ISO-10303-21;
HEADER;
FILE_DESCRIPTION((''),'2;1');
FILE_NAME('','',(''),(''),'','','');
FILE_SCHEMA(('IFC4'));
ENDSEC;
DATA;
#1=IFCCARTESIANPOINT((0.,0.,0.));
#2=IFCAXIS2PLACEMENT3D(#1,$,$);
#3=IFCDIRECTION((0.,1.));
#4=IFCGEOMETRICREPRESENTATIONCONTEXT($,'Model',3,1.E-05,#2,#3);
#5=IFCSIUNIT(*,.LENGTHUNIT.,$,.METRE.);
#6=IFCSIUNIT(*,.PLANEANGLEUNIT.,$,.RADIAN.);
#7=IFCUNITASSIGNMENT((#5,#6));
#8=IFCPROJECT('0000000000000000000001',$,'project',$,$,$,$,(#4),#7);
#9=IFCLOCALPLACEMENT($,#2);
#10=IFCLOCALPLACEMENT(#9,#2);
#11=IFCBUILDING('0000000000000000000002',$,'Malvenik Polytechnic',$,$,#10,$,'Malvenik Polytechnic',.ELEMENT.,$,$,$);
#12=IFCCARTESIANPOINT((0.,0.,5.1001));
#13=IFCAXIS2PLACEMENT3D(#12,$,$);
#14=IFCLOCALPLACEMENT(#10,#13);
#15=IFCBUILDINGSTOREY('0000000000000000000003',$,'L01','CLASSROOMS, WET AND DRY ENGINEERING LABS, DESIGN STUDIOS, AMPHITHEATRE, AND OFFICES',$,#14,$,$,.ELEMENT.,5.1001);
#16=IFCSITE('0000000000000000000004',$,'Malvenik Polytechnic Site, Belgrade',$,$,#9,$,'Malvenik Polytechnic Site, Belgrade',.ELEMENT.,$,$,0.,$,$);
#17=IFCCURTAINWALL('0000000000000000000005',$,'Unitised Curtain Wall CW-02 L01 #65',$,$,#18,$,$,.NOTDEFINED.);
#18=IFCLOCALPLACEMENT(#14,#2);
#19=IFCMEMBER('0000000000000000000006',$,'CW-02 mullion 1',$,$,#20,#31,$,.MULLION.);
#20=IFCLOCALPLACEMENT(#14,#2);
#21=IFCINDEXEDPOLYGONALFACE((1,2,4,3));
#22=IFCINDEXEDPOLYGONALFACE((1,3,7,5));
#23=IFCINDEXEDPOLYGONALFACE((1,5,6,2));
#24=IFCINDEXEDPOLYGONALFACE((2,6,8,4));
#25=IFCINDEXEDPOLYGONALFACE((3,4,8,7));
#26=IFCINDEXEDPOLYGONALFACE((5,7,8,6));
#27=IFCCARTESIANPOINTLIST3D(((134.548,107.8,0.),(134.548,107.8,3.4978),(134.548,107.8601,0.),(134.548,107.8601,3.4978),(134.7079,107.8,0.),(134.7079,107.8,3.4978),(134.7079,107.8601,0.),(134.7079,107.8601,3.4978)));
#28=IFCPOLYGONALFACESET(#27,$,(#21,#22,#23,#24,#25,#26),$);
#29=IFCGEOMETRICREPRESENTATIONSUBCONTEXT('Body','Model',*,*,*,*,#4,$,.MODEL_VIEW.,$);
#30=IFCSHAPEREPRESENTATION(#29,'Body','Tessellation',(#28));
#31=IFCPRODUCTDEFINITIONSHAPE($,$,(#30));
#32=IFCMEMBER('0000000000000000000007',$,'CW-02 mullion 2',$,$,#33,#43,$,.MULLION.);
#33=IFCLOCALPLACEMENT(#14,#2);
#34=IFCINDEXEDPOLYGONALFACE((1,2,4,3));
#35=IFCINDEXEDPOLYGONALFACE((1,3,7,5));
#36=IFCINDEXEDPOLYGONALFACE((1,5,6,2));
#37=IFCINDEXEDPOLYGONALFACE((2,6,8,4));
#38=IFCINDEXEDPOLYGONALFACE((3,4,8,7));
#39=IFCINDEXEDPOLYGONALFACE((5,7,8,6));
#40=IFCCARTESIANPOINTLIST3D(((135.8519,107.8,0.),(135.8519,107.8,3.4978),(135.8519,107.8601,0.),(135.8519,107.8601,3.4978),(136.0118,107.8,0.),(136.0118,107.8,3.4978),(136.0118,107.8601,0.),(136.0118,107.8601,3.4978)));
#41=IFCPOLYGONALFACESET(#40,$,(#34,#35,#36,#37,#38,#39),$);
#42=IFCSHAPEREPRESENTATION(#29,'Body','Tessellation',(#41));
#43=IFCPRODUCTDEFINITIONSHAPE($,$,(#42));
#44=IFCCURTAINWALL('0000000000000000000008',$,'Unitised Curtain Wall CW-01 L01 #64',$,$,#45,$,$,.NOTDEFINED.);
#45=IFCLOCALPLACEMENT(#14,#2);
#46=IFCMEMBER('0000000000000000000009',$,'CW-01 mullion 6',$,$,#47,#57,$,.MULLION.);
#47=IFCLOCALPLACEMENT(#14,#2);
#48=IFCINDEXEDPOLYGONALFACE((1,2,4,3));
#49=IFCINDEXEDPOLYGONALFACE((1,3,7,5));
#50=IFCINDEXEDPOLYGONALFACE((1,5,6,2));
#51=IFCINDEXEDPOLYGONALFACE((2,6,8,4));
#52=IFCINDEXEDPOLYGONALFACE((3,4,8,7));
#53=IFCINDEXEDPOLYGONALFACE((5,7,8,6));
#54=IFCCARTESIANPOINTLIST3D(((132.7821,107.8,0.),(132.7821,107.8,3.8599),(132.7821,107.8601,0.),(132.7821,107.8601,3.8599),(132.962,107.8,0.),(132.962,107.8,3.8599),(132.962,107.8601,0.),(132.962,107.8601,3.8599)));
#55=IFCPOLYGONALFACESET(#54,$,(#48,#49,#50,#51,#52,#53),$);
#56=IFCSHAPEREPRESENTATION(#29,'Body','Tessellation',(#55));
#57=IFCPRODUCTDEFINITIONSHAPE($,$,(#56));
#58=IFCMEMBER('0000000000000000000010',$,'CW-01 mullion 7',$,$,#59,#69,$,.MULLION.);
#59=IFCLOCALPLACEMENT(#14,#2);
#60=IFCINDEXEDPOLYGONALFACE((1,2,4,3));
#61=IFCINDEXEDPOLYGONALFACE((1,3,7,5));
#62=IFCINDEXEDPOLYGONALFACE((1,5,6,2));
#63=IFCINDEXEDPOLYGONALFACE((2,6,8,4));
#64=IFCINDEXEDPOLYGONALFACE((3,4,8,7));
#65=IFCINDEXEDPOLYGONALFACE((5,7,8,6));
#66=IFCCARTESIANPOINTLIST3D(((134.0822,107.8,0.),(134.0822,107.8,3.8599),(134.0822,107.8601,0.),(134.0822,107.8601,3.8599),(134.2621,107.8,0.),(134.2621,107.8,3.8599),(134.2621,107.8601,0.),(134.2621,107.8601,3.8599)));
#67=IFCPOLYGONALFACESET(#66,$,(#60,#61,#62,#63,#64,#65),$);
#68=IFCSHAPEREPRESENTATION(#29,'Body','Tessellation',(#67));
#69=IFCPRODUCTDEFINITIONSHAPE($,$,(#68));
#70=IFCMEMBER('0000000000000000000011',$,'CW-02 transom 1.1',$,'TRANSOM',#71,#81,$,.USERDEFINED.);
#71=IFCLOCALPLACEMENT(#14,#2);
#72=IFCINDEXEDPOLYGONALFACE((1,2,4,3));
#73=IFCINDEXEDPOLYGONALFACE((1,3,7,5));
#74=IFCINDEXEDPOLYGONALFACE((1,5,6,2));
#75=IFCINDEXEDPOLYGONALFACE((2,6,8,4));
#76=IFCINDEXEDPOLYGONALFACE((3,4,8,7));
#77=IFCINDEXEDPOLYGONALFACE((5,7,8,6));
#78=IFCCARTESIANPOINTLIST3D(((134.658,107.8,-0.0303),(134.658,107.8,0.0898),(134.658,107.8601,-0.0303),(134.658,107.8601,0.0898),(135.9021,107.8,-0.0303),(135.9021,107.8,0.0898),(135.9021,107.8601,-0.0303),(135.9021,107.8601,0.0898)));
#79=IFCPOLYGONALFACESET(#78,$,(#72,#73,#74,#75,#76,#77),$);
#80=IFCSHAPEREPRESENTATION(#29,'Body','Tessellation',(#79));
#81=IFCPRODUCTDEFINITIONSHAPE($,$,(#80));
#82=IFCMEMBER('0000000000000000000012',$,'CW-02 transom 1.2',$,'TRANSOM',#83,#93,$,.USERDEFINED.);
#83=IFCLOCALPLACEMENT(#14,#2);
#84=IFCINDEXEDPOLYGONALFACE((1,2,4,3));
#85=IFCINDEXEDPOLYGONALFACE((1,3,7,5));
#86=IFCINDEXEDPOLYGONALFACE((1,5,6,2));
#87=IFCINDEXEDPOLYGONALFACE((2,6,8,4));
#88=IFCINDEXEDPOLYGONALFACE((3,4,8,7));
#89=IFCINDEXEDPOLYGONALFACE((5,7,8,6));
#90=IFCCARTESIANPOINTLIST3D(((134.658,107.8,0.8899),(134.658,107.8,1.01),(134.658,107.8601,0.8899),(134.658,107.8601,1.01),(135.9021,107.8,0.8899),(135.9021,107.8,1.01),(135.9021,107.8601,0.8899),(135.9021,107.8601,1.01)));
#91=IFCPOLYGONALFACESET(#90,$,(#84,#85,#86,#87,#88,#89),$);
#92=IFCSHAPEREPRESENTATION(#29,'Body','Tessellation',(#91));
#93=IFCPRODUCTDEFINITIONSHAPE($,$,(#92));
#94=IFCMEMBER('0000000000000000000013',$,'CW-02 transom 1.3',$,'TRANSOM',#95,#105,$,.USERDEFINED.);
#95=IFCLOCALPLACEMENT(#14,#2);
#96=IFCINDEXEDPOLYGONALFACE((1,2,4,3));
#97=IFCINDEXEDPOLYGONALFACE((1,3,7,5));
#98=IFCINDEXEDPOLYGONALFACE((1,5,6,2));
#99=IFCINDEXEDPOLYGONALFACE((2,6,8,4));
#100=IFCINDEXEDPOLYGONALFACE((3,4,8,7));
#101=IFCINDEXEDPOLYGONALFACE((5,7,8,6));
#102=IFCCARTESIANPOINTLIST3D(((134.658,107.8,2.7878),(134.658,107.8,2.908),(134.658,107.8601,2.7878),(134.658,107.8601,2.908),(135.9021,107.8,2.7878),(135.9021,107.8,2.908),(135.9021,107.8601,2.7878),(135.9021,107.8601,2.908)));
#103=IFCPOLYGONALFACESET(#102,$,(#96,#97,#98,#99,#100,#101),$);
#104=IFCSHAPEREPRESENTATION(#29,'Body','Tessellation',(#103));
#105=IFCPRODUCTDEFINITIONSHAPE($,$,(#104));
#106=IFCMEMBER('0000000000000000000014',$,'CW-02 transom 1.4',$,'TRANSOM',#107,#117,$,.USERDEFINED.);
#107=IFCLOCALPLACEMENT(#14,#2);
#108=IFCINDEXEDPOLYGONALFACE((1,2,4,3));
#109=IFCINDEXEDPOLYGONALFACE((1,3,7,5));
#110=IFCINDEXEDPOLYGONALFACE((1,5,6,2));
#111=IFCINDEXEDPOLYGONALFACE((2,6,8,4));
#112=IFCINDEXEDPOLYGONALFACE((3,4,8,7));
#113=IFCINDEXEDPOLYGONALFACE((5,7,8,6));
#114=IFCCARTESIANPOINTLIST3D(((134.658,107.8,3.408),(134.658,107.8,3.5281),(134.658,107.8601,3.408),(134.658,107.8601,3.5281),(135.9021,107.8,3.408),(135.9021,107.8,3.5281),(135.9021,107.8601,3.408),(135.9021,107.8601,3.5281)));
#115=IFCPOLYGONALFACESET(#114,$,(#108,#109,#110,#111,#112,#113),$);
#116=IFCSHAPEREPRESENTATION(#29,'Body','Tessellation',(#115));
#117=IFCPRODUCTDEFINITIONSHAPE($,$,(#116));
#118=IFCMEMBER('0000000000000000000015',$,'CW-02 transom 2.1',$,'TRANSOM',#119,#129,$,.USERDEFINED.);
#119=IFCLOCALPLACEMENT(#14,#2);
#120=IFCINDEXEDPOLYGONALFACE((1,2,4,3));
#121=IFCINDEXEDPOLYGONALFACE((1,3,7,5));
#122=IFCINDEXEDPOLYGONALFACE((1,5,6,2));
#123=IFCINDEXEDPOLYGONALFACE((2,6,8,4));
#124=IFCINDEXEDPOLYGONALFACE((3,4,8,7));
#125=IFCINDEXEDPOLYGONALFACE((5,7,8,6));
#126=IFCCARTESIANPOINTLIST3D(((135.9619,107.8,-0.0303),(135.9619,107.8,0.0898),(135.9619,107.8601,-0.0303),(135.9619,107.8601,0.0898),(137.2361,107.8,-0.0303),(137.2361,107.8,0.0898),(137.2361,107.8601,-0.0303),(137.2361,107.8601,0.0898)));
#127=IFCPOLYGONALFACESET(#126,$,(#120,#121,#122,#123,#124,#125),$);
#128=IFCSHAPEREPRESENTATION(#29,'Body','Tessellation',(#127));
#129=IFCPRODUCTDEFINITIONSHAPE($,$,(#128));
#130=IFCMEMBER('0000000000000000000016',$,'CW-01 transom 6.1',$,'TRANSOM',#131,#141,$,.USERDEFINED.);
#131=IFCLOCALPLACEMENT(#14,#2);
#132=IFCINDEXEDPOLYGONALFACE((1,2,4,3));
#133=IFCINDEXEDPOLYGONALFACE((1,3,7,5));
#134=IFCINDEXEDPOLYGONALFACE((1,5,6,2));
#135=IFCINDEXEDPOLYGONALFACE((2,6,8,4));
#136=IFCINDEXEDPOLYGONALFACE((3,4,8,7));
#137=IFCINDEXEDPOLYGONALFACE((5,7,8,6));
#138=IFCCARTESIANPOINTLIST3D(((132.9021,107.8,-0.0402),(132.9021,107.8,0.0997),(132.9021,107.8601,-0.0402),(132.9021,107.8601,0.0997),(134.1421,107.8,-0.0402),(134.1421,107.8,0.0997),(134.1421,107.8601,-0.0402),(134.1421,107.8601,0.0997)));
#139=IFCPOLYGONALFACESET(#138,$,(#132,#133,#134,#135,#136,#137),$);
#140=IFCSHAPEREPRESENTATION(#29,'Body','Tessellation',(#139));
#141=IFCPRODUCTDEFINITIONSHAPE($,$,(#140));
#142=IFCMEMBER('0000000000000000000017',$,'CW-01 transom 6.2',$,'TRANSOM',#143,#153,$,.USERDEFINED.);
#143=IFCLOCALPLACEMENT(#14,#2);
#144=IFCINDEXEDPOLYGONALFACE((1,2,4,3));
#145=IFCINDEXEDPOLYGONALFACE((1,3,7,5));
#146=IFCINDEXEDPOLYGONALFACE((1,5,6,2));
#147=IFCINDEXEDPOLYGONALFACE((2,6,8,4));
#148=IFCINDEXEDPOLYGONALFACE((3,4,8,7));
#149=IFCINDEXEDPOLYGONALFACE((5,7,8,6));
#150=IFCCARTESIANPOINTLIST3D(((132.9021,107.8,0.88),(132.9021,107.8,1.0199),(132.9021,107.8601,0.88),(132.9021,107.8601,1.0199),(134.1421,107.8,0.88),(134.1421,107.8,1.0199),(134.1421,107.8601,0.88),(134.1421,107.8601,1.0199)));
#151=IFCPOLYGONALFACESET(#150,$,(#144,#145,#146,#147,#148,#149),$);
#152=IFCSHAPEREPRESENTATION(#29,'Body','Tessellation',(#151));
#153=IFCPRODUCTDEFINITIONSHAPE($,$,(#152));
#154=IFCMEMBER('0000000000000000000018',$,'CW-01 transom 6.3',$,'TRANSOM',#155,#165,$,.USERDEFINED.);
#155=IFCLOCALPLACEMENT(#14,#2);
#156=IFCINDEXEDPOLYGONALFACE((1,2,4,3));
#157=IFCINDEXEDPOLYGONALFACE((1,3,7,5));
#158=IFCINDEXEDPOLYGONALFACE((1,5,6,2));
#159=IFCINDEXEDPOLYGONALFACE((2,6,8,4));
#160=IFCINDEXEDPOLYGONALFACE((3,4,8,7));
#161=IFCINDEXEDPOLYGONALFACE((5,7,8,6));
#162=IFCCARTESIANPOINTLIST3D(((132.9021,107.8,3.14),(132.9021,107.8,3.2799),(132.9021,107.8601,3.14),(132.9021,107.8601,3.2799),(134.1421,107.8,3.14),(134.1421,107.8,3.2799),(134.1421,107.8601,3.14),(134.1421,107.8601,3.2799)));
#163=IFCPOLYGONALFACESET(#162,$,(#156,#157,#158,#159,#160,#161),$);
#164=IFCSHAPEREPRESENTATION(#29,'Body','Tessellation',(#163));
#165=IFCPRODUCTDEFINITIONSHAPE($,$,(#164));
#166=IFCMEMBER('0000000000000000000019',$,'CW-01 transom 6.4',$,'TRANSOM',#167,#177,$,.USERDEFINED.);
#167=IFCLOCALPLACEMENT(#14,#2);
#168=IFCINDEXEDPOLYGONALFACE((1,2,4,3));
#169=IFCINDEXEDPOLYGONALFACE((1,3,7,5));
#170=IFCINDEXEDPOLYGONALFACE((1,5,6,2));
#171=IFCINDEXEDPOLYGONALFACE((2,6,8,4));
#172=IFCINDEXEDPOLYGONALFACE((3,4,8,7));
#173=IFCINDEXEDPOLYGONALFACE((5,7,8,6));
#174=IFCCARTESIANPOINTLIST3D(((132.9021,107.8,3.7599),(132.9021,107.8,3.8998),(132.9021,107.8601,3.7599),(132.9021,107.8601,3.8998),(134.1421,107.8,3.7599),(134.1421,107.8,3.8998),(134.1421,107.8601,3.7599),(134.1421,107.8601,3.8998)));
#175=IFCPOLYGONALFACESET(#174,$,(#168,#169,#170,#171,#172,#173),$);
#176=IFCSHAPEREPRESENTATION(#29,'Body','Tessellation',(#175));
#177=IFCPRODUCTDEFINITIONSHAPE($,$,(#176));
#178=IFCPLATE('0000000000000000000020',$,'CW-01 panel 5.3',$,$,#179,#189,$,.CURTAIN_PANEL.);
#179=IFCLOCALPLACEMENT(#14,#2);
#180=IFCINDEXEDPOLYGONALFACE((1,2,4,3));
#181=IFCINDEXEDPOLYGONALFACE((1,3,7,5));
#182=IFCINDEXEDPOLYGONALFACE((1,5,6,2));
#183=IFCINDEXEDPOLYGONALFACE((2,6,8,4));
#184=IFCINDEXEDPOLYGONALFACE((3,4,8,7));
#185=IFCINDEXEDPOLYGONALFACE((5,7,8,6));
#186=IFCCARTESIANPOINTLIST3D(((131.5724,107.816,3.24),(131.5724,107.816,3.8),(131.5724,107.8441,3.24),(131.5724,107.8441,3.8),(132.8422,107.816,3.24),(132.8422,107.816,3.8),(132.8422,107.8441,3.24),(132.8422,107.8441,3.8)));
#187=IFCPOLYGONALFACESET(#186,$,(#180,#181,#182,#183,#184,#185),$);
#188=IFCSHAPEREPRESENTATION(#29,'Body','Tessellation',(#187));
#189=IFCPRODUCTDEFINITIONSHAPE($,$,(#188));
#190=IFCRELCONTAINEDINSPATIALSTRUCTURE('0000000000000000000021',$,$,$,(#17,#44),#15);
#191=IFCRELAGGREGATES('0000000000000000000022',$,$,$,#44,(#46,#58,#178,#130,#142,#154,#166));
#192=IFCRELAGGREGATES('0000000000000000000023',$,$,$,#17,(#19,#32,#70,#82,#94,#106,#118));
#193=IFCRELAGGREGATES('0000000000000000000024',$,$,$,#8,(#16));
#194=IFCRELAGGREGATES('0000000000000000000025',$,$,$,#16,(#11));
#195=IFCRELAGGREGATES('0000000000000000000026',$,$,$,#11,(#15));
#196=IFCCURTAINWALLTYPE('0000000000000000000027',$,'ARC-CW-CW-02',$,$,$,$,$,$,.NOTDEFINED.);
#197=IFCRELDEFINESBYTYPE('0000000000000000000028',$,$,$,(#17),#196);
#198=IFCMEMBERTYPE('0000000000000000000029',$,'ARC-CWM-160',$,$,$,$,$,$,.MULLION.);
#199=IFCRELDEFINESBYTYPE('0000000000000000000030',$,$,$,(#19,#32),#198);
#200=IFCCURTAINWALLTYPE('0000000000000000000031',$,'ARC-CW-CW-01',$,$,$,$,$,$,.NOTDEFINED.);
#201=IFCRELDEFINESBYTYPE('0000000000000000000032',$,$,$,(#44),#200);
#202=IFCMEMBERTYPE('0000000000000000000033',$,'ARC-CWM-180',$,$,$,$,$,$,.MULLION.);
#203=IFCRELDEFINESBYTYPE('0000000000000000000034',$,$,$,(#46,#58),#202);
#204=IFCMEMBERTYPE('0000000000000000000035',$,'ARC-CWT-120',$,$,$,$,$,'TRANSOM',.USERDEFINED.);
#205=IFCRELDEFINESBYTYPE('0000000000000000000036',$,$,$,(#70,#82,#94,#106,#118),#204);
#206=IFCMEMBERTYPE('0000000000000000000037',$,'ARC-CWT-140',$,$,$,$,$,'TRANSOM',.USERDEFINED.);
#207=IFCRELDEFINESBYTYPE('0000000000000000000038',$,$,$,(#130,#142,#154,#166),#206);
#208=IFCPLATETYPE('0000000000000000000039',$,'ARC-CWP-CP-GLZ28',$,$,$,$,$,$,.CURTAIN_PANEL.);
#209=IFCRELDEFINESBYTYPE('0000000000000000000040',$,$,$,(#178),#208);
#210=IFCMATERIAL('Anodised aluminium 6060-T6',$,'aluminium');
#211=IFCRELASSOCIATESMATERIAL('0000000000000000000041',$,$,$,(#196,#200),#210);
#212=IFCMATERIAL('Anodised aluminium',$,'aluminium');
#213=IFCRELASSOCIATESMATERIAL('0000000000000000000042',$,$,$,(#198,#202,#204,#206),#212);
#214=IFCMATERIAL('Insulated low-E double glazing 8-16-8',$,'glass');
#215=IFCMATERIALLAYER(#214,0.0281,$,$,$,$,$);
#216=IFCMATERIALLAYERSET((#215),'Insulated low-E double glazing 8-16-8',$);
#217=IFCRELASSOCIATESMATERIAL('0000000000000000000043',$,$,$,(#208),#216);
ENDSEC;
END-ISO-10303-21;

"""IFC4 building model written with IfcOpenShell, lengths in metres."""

from ifc_helpers import new_model, si_unit, direction, frame, origin, origin_2d, place, context, subcontext, project, spatial, rectangle, extrude, material, layer, layer_set, material_profile, profile_set, type_object, element, aggregate, save


model = new_model("IFC4")

# Units and contexts
model_context = context("Model", 3, precision=1e-05, world=origin(), true_north=direction((0.0, 1.0)))
body_context = subcontext(model_context, "Body", "Model", "MODEL_VIEW")
ifc_project = project(units=[si_unit("LENGTHUNIT", "METRE"), si_unit("PLANEANGLEUNIT", "RADIAN")], contexts=[model_context])

# Site, building, storey
site_placement = place(None, origin())
site = spatial("IfcSite", under=ifc_project, at=site_placement, Name="Malvenik Polytechnic Site, Belgrade", LongName="Malvenik Polytechnic Site, Belgrade", CompositionType="ELEMENT", RefElevation=0.0)
building_placement = place(site_placement, origin())
building = spatial("IfcBuilding", under=site, at=building_placement, Name="Malvenik Polytechnic", LongName="Malvenik Polytechnic", CompositionType="ELEMENT")
storey_placement = place(building_placement, frame((0.0, 0.0, 5.1001)))
storey = spatial("IfcBuildingStorey", under=building, at=storey_placement, Name="L01", Description="CLASSROOMS, WET AND DRY ENGINEERING LABS, DESIGN STUDIOS, AMPHITHEATRE, AND OFFICES", CompositionType="ELEMENT", Elevation=5.1001)

# Curtain walls, members
ifc_material_1 = material(Name="Anodised aluminium 6060-T6", Category="aluminium")
curtain_wall_type_1 = type_object("IfcCurtainWallType", Name="ARC-CW-CW-02", PredefinedType="NOTDEFINED", material=ifc_material_1)
curtain_wall_1_placement = place(storey_placement, origin())
curtain_wall_1 = element("IfcCurtainWall", 1, at=curtain_wall_1_placement, inside=storey, type_object=curtain_wall_type_1, Name="Unitised Curtain Wall CW-02 L01 #65", PredefinedType="NOTDEFINED")
ifc_material_2 = material(Name="Anodised aluminium", Category="aluminium")
ifc_material_profile_1 = material_profile(ifc_material_2, rectangle(XDim=0.0601, YDim=0.1599, at=origin_2d()), Name="ALU MULLION 60x160")
ifc_profile_set_1 = profile_set([ifc_material_profile_1], Name="Anodised aluminium")
member_type_1 = type_object("IfcMemberType", Name="ARC-CWM-160", PredefinedType="MULLION", material=ifc_profile_set_1)
member_1_placement = place(storey_placement, frame((134.6279, 107.8301, 0.0), z_axis=(0.0, 0.0, 1.0), x_axis=(0.0, 1.0, 0.0)))
member_1 = element("IfcMember", 2, at=member_1_placement, type_object=member_type_1, Name="CW-02 mullion 1", PredefinedType="MULLION", context=body_context, shape_type="SweptSolid", body=[
    extrude(rectangle(XDim=0.0601, YDim=0.1599, at=origin_2d()), origin(), (0.0, 0.0, 1.0), 3.4978),
])
member_2_placement = place(storey_placement, frame((135.9319, 107.8301, 0.0), z_axis=(0.0, 0.0, 1.0), x_axis=(0.0, 1.0, 0.0)))
member_2 = element("IfcMember", 3, at=member_2_placement, type_object=member_type_1, Name="CW-02 mullion 2", PredefinedType="MULLION", context=body_context, shape_type="SweptSolid", body=[
    extrude(rectangle(XDim=0.0601, YDim=0.1599, at=origin_2d()), origin(), (0.0, 0.0, 1.0), 3.4978),
])
curtain_wall_type_2 = type_object("IfcCurtainWallType", Name="ARC-CW-CW-01", PredefinedType="NOTDEFINED", material=ifc_material_1)
curtain_wall_2_placement = place(storey_placement, origin())
curtain_wall_2 = element("IfcCurtainWall", 4, at=curtain_wall_2_placement, inside=storey, type_object=curtain_wall_type_2, Name="Unitised Curtain Wall CW-01 L01 #64", PredefinedType="NOTDEFINED")
ifc_material_profile_2 = material_profile(ifc_material_2, rectangle(XDim=0.0601, YDim=0.1799, at=origin_2d()), Name="ALU MULLION 60x180")
ifc_profile_set_2 = profile_set([ifc_material_profile_2], Name="Anodised aluminium")
member_type_2 = type_object("IfcMemberType", Name="ARC-CWM-180", PredefinedType="MULLION", material=ifc_profile_set_2)
member_3_placement = place(storey_placement, frame((132.8721, 107.8301, 0.0), z_axis=(0.0, 0.0, 1.0), x_axis=(0.0, 1.0, 0.0)))
member_3 = element("IfcMember", 5, at=member_3_placement, type_object=member_type_2, Name="CW-01 mullion 6", PredefinedType="MULLION", context=body_context, shape_type="SweptSolid", body=[
    extrude(rectangle(XDim=0.0601, YDim=0.1799, at=origin_2d()), origin(), (0.0, 0.0, 1.0), 3.8599),
])
member_4_placement = place(storey_placement, frame((134.1721, 107.8301, 0.0), z_axis=(0.0, 0.0, 1.0), x_axis=(0.0, 1.0, 0.0)))
member_4 = element("IfcMember", 6, at=member_4_placement, type_object=member_type_2, Name="CW-01 mullion 7", PredefinedType="MULLION", context=body_context, shape_type="SweptSolid", body=[
    extrude(rectangle(XDim=0.0601, YDim=0.1799, at=origin_2d()), origin(), (0.0, 0.0, 1.0), 3.8599),
])

# Members
ifc_material_profile_3 = material_profile(ifc_material_2, rectangle(XDim=0.0601, YDim=0.1201, at=origin_2d()), Name="ALU TRANSOM 60x120")
ifc_profile_set_3 = profile_set([ifc_material_profile_3], Name="Anodised aluminium")
member_type_3 = type_object("IfcMemberType", Name="ARC-CWT-120", ElementType="TRANSOM", PredefinedType="USERDEFINED", material=ifc_profile_set_3)
member_5_placement = place(storey_placement, frame((134.658, 107.8301, 0.0298), z_axis=(1.0, 0.0, 0.0), x_axis=(0.0, 1.0, 0.0)))
member_5 = element("IfcMember", 7, at=member_5_placement, type_object=member_type_3, Name="CW-02 transom 1.1", ObjectType="TRANSOM", PredefinedType="USERDEFINED", context=body_context, shape_type="SweptSolid", body=[
    extrude(rectangle(XDim=0.0601, YDim=0.1201, at=origin_2d()), origin(), (0.0, 0.0, 1.0), 1.2441),
])
member_6_placement = place(storey_placement, frame((134.658, 107.8301, 0.95), z_axis=(1.0, 0.0, 0.0), x_axis=(0.0, 1.0, 0.0)))
member_6 = element("IfcMember", 8, at=member_6_placement, type_object=member_type_3, Name="CW-02 transom 1.2", ObjectType="TRANSOM", PredefinedType="USERDEFINED", context=body_context, shape_type="SweptSolid", body=[
    extrude(rectangle(XDim=0.0601, YDim=0.1201, at=origin_2d()), origin(), (0.0, 0.0, 1.0), 1.2441),
])
member_7_placement = place(storey_placement, frame((134.658, 107.8301, 2.8479), z_axis=(1.0, 0.0, 0.0), x_axis=(0.0, 1.0, 0.0)))
member_7 = element("IfcMember", 9, at=member_7_placement, type_object=member_type_3, Name="CW-02 transom 1.3", ObjectType="TRANSOM", PredefinedType="USERDEFINED", context=body_context, shape_type="SweptSolid", body=[
    extrude(rectangle(XDim=0.0601, YDim=0.1201, at=origin_2d()), origin(), (0.0, 0.0, 1.0), 1.2441),
])
member_8_placement = place(storey_placement, frame((134.658, 107.8301, 3.468), z_axis=(1.0, 0.0, 0.0), x_axis=(0.0, 1.0, 0.0)))
member_8 = element("IfcMember", 10, at=member_8_placement, type_object=member_type_3, Name="CW-02 transom 1.4", ObjectType="TRANSOM", PredefinedType="USERDEFINED", context=body_context, shape_type="SweptSolid", body=[
    extrude(rectangle(XDim=0.0601, YDim=0.1201, at=origin_2d()), origin(), (0.0, 0.0, 1.0), 1.2441),
])
member_9_placement = place(storey_placement, frame((135.9619, 107.8301, 0.0298), z_axis=(1.0, 0.0, 0.0), x_axis=(0.0, 1.0, 0.0)))
member_9 = element("IfcMember", 11, at=member_9_placement, type_object=member_type_3, Name="CW-02 transom 2.1", ObjectType="TRANSOM", PredefinedType="USERDEFINED", context=body_context, shape_type="SweptSolid", body=[
    extrude(rectangle(XDim=0.0601, YDim=0.1201, at=origin_2d()), origin(), (0.0, 0.0, 1.0), 1.2742),
])
ifc_material_profile_4 = material_profile(ifc_material_2, rectangle(XDim=0.0601, YDim=0.1399, at=origin_2d()), Name="ALU TRANSOM 60x140")
ifc_profile_set_4 = profile_set([ifc_material_profile_4], Name="Anodised aluminium")
member_type_4 = type_object("IfcMemberType", Name="ARC-CWT-140", ElementType="TRANSOM", PredefinedType="USERDEFINED", material=ifc_profile_set_4)
member_10_placement = place(storey_placement, frame((132.9021, 107.8301, 0.0298), z_axis=(1.0, 0.0, 0.0), x_axis=(0.0, 1.0, 0.0)))
member_10 = element("IfcMember", 12, at=member_10_placement, type_object=member_type_4, Name="CW-01 transom 6.1", ObjectType="TRANSOM", PredefinedType="USERDEFINED", context=body_context, shape_type="SweptSolid", body=[
    extrude(rectangle(XDim=0.0601, YDim=0.1399, at=origin_2d()), origin(), (0.0, 0.0, 1.0), 1.24),
])
member_11_placement = place(storey_placement, frame((132.9021, 107.8301, 0.95), z_axis=(1.0, 0.0, 0.0), x_axis=(0.0, 1.0, 0.0)))
member_11 = element("IfcMember", 13, at=member_11_placement, type_object=member_type_4, Name="CW-01 transom 6.2", ObjectType="TRANSOM", PredefinedType="USERDEFINED", context=body_context, shape_type="SweptSolid", body=[
    extrude(rectangle(XDim=0.0601, YDim=0.1399, at=origin_2d()), origin(), (0.0, 0.0, 1.0), 1.24),
])
member_12_placement = place(storey_placement, frame((132.9021, 107.8301, 3.21), z_axis=(1.0, 0.0, 0.0), x_axis=(0.0, 1.0, 0.0)))
member_12 = element("IfcMember", 14, at=member_12_placement, type_object=member_type_4, Name="CW-01 transom 6.3", ObjectType="TRANSOM", PredefinedType="USERDEFINED", context=body_context, shape_type="SweptSolid", body=[
    extrude(rectangle(XDim=0.0601, YDim=0.1399, at=origin_2d()), origin(), (0.0, 0.0, 1.0), 1.24),
])
member_13_placement = place(storey_placement, frame((132.9021, 107.8301, 3.8298), z_axis=(1.0, 0.0, 0.0), x_axis=(0.0, 1.0, 0.0)))
member_13 = element("IfcMember", 15, at=member_13_placement, type_object=member_type_4, Name="CW-01 transom 6.4", ObjectType="TRANSOM", PredefinedType="USERDEFINED", context=body_context, shape_type="SweptSolid", body=[
    extrude(rectangle(XDim=0.0601, YDim=0.1399, at=origin_2d()), origin(), (0.0, 0.0, 1.0), 1.24),
])

# Plate
ifc_material_3 = material(Name="Insulated low-E double glazing 8-16-8", Category="glass")
ifc_layer_1 = layer(ifc_material_3, 0.0281)
ifc_layer_set_1 = layer_set([ifc_layer_1], Name="Insulated low-E double glazing 8-16-8")
plate_type_1 = type_object("IfcPlateType", Name="ARC-CWP-CP-GLZ28", PredefinedType="CURTAIN_PANEL", material=ifc_layer_set_1)
plate_1_placement = place(storey_placement, frame((132.2073, 107.8301, 3.24), z_axis=(0.0, 0.0, 1.0), x_axis=(1.0, 0.0, 0.0)))
plate_1 = element("IfcPlate", 16, at=plate_1_placement, type_object=plate_type_1, Name="CW-01 panel 5.3", PredefinedType="CURTAIN_PANEL", context=body_context, shape_type="SweptSolid", body=[
    extrude(rectangle(XDim=1.2698, YDim=0.0281, at=origin_2d()), origin(), (0.0, 0.0, 1.0), 0.5601),
])
aggregate(curtain_wall_2, [member_3, member_4, plate_1, member_10, member_11, member_12, member_13])
aggregate(curtain_wall_1, [member_1, member_2, member_5, member_6, member_7, member_8, member_9])

save(model, "model.ifc")
